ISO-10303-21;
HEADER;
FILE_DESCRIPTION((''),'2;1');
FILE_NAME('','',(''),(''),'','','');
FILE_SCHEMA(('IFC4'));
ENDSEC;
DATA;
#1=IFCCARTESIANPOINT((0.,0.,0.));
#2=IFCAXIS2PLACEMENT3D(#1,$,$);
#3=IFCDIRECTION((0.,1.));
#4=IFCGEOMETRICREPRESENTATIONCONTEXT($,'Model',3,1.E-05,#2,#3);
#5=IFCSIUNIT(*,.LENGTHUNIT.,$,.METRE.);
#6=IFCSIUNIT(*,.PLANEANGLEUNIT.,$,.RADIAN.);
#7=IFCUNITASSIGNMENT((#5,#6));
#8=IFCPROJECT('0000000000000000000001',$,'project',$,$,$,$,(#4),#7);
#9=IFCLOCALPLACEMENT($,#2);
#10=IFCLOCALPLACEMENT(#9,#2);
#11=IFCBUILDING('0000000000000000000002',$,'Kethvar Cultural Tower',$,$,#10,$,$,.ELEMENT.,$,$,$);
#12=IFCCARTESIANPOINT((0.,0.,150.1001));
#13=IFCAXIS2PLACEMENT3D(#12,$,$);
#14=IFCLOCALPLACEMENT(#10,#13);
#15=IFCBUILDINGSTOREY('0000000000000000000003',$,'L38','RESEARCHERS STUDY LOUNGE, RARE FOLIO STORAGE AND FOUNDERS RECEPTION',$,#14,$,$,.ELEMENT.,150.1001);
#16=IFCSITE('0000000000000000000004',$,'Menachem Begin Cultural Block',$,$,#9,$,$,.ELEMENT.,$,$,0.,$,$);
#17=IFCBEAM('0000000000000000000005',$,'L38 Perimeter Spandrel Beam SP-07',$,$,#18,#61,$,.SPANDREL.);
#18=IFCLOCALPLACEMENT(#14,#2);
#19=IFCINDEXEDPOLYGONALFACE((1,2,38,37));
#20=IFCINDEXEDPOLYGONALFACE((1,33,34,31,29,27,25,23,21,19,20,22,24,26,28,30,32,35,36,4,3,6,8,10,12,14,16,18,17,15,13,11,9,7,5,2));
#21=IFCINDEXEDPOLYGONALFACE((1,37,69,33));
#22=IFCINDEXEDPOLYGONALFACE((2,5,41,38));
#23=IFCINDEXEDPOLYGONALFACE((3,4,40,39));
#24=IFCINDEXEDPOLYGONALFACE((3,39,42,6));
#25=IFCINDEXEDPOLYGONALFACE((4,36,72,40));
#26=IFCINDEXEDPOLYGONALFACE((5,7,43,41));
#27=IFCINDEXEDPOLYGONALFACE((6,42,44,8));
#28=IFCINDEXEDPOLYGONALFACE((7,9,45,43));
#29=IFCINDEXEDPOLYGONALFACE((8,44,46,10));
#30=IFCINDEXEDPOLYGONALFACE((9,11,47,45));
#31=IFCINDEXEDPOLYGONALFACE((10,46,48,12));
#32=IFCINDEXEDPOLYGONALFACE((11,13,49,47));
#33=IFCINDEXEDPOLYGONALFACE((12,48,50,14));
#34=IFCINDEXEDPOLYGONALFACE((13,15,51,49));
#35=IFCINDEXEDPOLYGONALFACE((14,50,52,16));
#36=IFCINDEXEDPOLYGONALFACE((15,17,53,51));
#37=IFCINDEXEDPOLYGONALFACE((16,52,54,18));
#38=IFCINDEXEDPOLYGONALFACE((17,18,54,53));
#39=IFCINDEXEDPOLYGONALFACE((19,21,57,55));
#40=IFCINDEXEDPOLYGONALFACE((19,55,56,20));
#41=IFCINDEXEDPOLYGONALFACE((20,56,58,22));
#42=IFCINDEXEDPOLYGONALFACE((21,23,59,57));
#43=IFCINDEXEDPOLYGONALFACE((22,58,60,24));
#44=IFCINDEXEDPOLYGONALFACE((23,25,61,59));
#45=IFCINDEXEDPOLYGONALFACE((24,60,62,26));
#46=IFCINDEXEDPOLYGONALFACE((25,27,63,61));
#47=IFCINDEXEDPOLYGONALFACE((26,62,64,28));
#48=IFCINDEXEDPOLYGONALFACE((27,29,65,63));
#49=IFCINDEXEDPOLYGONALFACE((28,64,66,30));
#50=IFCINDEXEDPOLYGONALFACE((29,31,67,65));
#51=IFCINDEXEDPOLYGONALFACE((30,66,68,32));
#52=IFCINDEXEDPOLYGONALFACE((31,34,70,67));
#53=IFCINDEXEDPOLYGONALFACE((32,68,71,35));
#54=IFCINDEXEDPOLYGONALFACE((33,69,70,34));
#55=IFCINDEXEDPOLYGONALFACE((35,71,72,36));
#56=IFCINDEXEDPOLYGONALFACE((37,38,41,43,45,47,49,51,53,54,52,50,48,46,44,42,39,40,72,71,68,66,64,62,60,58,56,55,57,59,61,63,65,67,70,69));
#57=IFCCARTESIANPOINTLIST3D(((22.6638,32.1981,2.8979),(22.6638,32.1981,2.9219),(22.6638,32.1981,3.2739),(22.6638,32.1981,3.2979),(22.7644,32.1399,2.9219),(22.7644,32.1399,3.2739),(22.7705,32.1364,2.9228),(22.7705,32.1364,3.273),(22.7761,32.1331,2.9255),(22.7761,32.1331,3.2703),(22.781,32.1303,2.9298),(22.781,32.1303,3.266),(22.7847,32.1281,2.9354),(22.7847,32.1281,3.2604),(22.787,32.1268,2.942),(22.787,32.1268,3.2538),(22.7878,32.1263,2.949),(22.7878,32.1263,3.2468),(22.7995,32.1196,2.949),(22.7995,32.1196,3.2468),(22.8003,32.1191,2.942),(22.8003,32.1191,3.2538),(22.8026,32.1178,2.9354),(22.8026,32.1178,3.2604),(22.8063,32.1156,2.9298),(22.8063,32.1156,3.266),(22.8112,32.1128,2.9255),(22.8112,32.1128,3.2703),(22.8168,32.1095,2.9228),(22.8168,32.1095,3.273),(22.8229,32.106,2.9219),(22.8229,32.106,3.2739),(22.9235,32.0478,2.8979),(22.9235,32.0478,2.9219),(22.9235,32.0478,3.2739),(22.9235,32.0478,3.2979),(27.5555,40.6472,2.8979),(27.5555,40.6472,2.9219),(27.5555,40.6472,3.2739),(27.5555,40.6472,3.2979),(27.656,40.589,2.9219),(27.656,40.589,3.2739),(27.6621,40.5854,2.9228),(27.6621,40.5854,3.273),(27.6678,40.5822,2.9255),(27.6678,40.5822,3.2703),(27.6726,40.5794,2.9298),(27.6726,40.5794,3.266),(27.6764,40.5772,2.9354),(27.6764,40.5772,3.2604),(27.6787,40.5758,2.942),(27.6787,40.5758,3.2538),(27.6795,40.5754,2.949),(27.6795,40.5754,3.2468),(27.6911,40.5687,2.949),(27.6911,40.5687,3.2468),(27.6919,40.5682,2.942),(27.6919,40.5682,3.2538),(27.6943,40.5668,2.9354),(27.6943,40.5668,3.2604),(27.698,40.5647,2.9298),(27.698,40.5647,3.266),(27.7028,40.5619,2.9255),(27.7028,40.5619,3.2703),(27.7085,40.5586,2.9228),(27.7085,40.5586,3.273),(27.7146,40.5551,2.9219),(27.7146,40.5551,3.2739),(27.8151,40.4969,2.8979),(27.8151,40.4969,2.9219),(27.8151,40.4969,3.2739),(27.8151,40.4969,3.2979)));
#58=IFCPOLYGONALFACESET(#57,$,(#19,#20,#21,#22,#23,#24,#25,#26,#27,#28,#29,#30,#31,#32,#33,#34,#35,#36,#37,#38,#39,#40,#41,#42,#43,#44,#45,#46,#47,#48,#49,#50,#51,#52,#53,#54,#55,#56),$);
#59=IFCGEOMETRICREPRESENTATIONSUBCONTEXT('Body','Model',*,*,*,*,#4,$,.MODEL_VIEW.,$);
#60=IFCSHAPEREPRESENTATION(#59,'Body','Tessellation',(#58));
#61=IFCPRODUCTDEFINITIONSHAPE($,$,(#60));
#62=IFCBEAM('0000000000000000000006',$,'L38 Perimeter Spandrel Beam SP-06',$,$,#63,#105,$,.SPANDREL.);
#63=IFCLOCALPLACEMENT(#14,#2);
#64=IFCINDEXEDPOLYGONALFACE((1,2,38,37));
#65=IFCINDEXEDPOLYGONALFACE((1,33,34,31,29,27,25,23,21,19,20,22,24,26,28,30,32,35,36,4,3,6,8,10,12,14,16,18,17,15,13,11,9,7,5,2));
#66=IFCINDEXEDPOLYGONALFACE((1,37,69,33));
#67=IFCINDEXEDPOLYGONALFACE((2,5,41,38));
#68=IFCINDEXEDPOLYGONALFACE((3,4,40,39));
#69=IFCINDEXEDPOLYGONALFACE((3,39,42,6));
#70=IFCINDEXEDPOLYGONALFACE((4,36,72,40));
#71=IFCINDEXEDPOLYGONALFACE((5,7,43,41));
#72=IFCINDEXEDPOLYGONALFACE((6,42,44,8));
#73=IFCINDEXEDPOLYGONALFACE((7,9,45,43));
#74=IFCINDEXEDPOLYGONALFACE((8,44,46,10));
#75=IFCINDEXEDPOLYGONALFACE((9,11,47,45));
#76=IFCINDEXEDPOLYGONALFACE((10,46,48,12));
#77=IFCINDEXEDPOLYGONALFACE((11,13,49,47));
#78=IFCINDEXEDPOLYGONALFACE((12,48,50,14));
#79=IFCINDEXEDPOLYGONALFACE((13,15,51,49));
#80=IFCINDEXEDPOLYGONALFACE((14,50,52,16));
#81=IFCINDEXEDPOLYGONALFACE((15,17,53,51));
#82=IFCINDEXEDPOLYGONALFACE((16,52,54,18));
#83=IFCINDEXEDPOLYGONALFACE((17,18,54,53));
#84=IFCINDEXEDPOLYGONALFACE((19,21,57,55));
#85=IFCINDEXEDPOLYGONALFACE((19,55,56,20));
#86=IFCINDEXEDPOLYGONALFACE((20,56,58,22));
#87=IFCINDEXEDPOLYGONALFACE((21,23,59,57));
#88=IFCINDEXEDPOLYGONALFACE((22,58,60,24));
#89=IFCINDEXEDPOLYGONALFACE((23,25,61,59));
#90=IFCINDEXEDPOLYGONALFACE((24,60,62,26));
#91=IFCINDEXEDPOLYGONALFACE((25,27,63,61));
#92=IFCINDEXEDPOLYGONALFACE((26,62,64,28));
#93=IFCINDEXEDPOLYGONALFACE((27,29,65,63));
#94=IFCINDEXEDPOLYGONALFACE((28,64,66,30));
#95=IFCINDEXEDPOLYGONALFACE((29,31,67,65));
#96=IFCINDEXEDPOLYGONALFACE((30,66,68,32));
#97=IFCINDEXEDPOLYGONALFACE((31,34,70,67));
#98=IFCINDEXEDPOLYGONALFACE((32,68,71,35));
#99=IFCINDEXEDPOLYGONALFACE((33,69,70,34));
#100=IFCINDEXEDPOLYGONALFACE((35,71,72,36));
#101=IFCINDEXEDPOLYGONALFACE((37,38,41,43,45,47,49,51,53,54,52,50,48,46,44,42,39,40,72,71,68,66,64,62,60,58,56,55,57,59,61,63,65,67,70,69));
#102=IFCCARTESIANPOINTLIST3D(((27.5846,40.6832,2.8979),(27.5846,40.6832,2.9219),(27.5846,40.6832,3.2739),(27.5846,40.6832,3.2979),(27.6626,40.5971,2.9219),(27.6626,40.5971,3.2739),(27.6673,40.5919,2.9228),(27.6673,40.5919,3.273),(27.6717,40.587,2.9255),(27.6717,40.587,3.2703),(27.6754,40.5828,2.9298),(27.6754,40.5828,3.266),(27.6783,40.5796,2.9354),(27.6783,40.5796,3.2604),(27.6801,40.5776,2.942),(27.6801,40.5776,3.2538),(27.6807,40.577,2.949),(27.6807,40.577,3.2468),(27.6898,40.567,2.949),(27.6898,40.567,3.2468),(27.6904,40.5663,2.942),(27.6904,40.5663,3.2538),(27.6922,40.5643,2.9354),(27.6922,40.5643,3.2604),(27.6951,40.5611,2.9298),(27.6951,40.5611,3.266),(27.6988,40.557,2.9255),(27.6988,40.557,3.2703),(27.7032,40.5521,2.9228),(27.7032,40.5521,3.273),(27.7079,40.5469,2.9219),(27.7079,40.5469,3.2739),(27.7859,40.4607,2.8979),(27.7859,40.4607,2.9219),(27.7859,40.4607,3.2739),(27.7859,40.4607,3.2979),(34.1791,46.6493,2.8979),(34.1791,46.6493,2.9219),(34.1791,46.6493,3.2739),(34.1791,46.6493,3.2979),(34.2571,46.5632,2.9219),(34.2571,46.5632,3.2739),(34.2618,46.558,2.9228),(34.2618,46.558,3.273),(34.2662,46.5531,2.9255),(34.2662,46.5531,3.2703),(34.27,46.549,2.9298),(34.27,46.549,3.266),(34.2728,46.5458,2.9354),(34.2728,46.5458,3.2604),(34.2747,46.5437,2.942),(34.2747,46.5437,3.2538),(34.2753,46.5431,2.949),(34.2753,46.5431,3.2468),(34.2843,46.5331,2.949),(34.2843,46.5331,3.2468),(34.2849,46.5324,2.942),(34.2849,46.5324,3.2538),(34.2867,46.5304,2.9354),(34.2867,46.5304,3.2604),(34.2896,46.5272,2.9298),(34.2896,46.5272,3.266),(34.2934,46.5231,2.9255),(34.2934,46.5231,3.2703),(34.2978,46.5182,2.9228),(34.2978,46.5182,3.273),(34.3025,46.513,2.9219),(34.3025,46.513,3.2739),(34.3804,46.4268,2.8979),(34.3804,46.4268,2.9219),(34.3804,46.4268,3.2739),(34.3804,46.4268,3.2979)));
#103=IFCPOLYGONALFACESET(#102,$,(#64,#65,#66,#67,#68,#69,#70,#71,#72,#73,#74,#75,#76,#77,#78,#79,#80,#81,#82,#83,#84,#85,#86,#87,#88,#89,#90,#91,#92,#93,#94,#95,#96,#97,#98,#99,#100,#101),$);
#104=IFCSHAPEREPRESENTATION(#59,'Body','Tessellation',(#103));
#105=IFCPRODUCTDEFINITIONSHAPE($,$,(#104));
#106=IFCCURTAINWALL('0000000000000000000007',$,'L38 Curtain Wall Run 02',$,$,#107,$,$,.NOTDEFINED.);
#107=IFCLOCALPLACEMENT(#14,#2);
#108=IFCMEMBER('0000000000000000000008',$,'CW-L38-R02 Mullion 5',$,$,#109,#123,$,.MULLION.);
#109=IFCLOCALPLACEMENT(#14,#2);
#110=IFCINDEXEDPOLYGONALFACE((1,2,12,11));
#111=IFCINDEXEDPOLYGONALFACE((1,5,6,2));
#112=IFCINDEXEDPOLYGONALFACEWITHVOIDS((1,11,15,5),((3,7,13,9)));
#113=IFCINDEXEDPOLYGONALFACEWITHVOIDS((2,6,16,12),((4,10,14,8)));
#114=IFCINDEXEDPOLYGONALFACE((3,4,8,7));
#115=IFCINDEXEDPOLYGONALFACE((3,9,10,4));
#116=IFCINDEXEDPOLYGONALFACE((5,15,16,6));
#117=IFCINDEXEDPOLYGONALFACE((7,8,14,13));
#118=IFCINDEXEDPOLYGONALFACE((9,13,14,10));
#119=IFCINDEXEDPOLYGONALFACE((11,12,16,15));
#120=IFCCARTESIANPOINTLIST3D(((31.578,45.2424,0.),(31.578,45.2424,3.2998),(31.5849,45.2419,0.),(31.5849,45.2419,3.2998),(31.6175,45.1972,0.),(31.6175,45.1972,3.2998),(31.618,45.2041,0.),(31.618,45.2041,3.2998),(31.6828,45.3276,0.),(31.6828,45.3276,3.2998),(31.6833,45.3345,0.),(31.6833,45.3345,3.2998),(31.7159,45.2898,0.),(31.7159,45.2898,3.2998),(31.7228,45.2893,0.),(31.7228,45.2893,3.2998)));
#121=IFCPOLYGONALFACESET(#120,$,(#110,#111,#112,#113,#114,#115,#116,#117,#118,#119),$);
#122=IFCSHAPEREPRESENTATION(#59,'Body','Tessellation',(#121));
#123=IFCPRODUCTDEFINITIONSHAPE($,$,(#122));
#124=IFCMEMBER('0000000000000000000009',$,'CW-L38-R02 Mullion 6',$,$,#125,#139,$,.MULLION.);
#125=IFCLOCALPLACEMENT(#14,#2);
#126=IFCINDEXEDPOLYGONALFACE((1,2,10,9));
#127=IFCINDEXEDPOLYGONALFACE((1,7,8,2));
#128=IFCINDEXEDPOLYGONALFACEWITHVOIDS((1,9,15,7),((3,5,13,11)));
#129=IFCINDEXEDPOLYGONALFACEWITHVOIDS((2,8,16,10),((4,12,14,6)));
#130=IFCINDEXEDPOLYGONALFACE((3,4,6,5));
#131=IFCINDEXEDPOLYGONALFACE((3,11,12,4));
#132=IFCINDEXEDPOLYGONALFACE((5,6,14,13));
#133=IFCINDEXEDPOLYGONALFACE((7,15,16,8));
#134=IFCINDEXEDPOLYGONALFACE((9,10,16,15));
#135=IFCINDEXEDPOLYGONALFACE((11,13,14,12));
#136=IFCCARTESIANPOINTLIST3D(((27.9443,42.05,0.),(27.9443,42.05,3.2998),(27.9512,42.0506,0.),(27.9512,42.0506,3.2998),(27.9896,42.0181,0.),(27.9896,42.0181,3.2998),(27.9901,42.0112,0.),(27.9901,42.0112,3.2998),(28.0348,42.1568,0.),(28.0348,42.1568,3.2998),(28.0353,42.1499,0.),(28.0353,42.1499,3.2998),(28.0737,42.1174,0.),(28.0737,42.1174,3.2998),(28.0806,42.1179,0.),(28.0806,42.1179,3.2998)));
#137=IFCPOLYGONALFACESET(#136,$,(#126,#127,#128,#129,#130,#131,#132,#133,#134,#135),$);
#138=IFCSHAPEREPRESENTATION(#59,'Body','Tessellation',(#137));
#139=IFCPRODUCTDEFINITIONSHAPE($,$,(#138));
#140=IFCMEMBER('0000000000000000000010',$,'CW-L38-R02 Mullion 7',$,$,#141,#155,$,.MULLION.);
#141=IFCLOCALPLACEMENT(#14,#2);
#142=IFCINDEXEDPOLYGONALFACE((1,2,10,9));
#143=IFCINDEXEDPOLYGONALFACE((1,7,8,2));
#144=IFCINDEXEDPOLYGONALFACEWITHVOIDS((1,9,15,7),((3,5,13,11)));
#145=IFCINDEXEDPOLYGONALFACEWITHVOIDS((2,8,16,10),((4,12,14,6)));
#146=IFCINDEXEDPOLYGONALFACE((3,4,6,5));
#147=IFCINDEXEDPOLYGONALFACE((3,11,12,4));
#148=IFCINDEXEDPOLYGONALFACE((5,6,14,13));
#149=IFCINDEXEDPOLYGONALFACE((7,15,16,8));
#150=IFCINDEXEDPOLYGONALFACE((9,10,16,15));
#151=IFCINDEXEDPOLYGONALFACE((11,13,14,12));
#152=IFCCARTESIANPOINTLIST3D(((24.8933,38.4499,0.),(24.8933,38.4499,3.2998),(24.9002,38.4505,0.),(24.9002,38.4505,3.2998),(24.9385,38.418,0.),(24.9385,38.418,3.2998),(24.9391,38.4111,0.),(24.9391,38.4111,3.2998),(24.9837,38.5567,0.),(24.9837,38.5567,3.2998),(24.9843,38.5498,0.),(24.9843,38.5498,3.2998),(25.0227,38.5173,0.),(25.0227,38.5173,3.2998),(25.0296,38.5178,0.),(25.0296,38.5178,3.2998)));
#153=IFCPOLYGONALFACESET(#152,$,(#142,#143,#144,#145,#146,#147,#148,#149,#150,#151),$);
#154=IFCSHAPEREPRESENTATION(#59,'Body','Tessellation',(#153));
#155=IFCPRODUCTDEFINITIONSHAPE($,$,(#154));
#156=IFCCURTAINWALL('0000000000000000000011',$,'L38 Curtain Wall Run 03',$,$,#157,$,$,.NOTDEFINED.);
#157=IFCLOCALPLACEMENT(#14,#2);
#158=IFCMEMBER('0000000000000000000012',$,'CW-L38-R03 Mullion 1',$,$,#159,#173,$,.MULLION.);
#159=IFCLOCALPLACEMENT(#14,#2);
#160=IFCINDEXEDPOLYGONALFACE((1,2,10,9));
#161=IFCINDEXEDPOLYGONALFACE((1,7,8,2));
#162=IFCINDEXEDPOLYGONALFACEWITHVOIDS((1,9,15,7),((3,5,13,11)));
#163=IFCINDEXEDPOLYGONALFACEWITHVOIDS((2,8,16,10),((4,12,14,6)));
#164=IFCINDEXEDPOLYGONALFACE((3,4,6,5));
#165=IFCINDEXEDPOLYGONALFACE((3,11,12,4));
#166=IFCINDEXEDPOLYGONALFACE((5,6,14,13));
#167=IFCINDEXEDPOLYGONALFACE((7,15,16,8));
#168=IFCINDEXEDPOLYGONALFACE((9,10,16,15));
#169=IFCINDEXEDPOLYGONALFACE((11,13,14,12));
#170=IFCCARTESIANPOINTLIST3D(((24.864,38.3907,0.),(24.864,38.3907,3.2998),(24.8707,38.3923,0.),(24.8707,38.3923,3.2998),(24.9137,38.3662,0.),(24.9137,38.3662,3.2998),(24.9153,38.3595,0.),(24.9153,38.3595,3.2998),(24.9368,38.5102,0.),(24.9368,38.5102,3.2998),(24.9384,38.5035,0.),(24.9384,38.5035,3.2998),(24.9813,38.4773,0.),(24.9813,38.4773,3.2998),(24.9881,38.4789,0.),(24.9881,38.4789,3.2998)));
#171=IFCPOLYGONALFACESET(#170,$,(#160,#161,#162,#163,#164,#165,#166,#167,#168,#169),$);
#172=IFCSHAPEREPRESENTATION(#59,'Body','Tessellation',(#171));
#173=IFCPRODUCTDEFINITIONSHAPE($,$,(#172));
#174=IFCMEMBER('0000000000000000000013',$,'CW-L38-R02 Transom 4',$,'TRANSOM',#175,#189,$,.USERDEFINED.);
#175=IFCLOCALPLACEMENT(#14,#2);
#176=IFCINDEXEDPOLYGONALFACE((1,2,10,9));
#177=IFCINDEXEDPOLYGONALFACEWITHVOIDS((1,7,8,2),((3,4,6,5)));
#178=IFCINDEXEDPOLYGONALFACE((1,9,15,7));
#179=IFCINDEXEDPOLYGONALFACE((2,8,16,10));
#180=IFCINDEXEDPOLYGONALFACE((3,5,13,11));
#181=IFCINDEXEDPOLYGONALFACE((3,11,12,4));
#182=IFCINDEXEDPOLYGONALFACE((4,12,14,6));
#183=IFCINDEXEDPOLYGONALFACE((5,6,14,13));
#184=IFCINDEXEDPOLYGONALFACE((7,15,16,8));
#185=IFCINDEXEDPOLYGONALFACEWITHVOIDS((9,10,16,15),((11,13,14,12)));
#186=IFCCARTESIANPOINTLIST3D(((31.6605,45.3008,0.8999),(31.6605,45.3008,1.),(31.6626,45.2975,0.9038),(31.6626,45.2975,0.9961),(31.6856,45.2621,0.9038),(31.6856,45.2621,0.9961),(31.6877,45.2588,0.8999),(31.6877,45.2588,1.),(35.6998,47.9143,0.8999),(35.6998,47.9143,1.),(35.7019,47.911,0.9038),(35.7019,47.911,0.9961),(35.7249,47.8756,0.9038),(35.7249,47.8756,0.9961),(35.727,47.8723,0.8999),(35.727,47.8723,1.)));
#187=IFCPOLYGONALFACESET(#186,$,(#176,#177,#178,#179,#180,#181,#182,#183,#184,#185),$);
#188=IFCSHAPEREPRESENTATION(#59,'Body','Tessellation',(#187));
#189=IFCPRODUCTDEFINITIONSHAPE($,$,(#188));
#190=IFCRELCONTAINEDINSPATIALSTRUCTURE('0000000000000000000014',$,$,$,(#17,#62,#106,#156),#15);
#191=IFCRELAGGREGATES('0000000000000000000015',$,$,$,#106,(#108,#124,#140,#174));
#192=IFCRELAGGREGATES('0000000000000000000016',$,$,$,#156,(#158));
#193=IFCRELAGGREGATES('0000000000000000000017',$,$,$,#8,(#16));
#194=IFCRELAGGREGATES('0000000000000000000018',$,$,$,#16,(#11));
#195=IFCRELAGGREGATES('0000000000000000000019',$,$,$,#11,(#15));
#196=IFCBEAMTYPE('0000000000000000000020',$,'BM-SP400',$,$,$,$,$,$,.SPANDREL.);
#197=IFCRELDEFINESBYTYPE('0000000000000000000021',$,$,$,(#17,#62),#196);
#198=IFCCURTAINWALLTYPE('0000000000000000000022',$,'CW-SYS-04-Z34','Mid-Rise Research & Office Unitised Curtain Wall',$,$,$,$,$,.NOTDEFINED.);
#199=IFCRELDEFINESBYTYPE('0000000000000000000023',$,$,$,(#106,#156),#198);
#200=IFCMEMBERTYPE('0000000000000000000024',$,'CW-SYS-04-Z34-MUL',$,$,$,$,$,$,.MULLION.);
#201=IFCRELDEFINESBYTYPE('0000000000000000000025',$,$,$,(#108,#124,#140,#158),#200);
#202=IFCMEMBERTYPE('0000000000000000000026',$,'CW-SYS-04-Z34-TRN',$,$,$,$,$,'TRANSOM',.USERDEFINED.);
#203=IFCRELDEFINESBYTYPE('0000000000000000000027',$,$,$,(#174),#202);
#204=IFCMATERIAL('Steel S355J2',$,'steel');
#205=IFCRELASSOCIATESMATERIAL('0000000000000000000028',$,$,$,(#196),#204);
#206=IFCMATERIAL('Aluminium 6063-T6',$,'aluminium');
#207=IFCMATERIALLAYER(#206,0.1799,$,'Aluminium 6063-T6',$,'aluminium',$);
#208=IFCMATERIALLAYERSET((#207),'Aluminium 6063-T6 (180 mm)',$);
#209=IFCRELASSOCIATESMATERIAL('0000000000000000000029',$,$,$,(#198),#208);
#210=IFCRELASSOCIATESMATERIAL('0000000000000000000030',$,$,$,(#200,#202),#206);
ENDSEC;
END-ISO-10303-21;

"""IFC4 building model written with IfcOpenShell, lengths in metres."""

from ifc_helpers import new_model, si_unit, direction, frame, origin, origin_2d, place, context, subcontext, project, spatial, hollow_rectangle, i_section, extrude, source, transform, mapped, material, layer, layer_set, material_profile, profile_set, type_object, element, aggregate, save


model = new_model("IFC4")

# Units and contexts
model_context = context("Model", 3, precision=1e-05, world=origin(), true_north=direction((0.0, 1.0)))
body_context = subcontext(model_context, "Body", "Model", "MODEL_VIEW")
ifc_project = project(units=[si_unit("LENGTHUNIT", "METRE"), si_unit("PLANEANGLEUNIT", "RADIAN")], contexts=[model_context])

# Site, building, storey
site_placement = place(None, origin())
site = spatial("IfcSite", under=ifc_project, at=site_placement, Name="Menachem Begin Cultural Block", CompositionType="ELEMENT", RefElevation=0.0)
building_placement = place(site_placement, origin())
building = spatial("IfcBuilding", under=site, at=building_placement, Name="Kethvar Cultural Tower", CompositionType="ELEMENT")
storey_placement = place(building_placement, frame((0.0, 0.0, 150.1001)))
storey = spatial("IfcBuildingStorey", under=building, at=storey_placement, Name="L38", Description="RESEARCHERS STUDY LOUNGE, RARE FOLIO STORAGE AND FOUNDERS RECEPTION", CompositionType="ELEMENT", Elevation=150.1001)

# Beams
ifc_material_1 = material(Name="Steel S355J2", Category="steel")
ifc_material_profile_1 = material_profile(ifc_material_1, i_section(OverallWidth=0.3, OverallDepth=0.3999, WebThickness=0.0134, FlangeThickness=0.0239, FilletRadius=0.0271, at=origin_2d()), Name="Steel S355J2 — HEB400")
ifc_profile_set_1 = profile_set([ifc_material_profile_1], Name="Steel S355J2 — HEB400")
beam_type_1 = type_object("IfcBeamType", Name="BM-SP400", PredefinedType="SPANDREL", material=ifc_profile_set_1)
shared_shape_1 = source(origin(), body_context, "Body", "SweptSolid", [
    extrude(i_section(OverallWidth=0.3, OverallDepth=0.3999, WebThickness=0.0134, FlangeThickness=0.0239, FilletRadius=0.0271, at=origin_2d()), origin(), (0.0, 0.0, 1.0), 9.7629),
])
beam_1_placement = place(storey_placement, frame((27.6853, 40.572, 3.0979), z_axis=(-0.501043, -0.865422, 0.0), x_axis=(0.865422, -0.501043, 0.0)))
element("IfcBeam", 1, at=beam_1_placement, inside=storey, type_object=beam_type_1, Name="L38 Perimeter Spandrel Beam SP-07", PredefinedType="SPANDREL", context=body_context, shape_type="MappedRepresentation", body=[
    mapped(shared_shape_1, transform((0.0, 0.0, 0.0), scale=1.0)),
])
shared_shape_2 = source(origin(), body_context, "Body", "SweptSolid", [
    extrude(i_section(OverallWidth=0.3, OverallDepth=0.3999, WebThickness=0.0134, FlangeThickness=0.0239, FilletRadius=0.0271, at=origin_2d()), origin(), (0.0, 0.0, 1.0), 8.8928),
])
beam_2_placement = place(storey_placement, frame((34.2798, 46.5381, 3.0979), z_axis=(-0.741557, -0.67089, 0.0), x_axis=(0.67089, -0.741557, 0.0)))
element("IfcBeam", 2, at=beam_2_placement, inside=storey, type_object=beam_type_1, Name="L38 Perimeter Spandrel Beam SP-06", PredefinedType="SPANDREL", context=body_context, shape_type="MappedRepresentation", body=[
    mapped(shared_shape_2, transform((0.0, 0.0, 0.0), scale=1.0)),
])

# Curtain wall, members
ifc_material_2 = material(Name="Aluminium 6063-T6", Category="aluminium")
ifc_layer_1 = layer(ifc_material_2, 0.1799, Name="Aluminium 6063-T6", Category="aluminium")
ifc_layer_set_1 = layer_set([ifc_layer_1], Name="Aluminium 6063-T6 (180 mm)")
curtain_wall_type = type_object("IfcCurtainWallType", Name="CW-SYS-04-Z34", Description="Mid-Rise Research & Office Unitised Curtain Wall", PredefinedType="NOTDEFINED", material=ifc_layer_set_1)
curtain_wall_1_placement = place(storey_placement, origin())
curtain_wall_1 = element("IfcCurtainWall", 3, at=curtain_wall_1_placement, inside=storey, type_object=curtain_wall_type, Name="L38 Curtain Wall Run 02", PredefinedType="NOTDEFINED")
ifc_material_profile_2 = material_profile(ifc_material_2, hollow_rectangle(XDim=0.0601, YDim=0.1399, WallThickness=0.0049, at=origin_2d()), Name="Aluminium 6063-T6 — RHS140x60x5")
ifc_profile_set_2 = profile_set([ifc_material_profile_2], Name="Aluminium 6063-T6 — RHS140x60x5")
member_type_1 = type_object("IfcMemberType", Name="CW-SYS-04-Z34-MUL", PredefinedType="MULLION", material=ifc_profile_set_2)
shared_shape_3 = source(origin(), body_context, "Body", "SweptSolid", [
    extrude(hollow_rectangle(XDim=0.0601, YDim=0.1399, WallThickness=0.0049, at=origin_2d()), origin(), (0.0, 0.0, 1.0), 3.2998),
])
member_1_placement = place(storey_placement, frame((31.6504, 45.2659, 0.0), z_axis=(0.0, 0.0, 1.0), x_axis=(0.658532, -0.752553, 0.0)))
member_1 = element("IfcMember", 4, at=member_1_placement, type_object=member_type_1, Name="CW-L38-R02 Mullion 5", PredefinedType="MULLION", context=body_context, shape_type="MappedRepresentation", body=[
    mapped(shared_shape_3, transform((0.0, 0.0, 0.0), scale=1.0)),
])
member_2_placement = place(storey_placement, frame((28.0125, 42.084, 0.0), z_axis=(0.0, 0.0, 1.0), x_axis=(0.762894, -0.646524, 0.0)))
member_2 = element("IfcMember", 5, at=member_2_placement, type_object=member_type_1, Name="CW-L38-R02 Mullion 6", PredefinedType="MULLION", context=body_context, shape_type="MappedRepresentation", body=[
    mapped(shared_shape_3, transform((0.0, 0.0, 0.0), scale=1.0)),
])
member_3_placement = place(storey_placement, frame((24.9614, 38.4839, 0.0), z_axis=(0.0, 0.0, 1.0), x_axis=(0.762894, -0.646524, 0.0)))
member_3 = element("IfcMember", 6, at=member_3_placement, type_object=member_type_1, Name="CW-L38-R02 Mullion 7", PredefinedType="MULLION", context=body_context, shape_type="MappedRepresentation", body=[
    mapped(shared_shape_3, transform((0.0, 0.0, 0.0), scale=1.0)),
])

# Curtain wall, member
curtain_wall_2_placement = place(storey_placement, origin())
curtain_wall_2 = element("IfcCurtainWall", 7, at=curtain_wall_2_placement, inside=storey, type_object=curtain_wall_type, Name="L38 Curtain Wall Run 03", PredefinedType="NOTDEFINED")
member_4_placement = place(storey_placement, frame((24.926, 38.4348, 0.0), z_axis=(0.0, 0.0, 1.0), x_axis=(0.854069, -0.52016, 0.0)))
member_4 = element("IfcMember", 8, at=member_4_placement, type_object=member_type_1, Name="CW-L38-R03 Mullion 1", PredefinedType="MULLION", context=body_context, shape_type="MappedRepresentation", body=[
    mapped(shared_shape_3, transform((0.0, 0.0, 0.0), scale=1.0)),
])

# Member
ifc_material_profile_3 = material_profile(ifc_material_2, hollow_rectangle(XDim=0.05, YDim=0.1001, WallThickness=0.0039, at=origin_2d()), Name="Aluminium 6063-T6 — RHS100x50x4")
ifc_profile_set_3 = profile_set([ifc_material_profile_3], Name="Aluminium 6063-T6 — RHS100x50x4")
member_type_2 = type_object("IfcMemberType", Name="CW-SYS-04-Z34-TRN", ElementType="TRANSOM", PredefinedType="USERDEFINED", material=ifc_profile_set_3)
shared_shape_4 = source(origin(), body_context, "Body", "SweptSolid", [
    extrude(hollow_rectangle(XDim=0.05, YDim=0.1001, WallThickness=0.0039, at=origin_2d()), origin(), (0.0, 0.0, 1.0), 4.811),
])
member_5_placement = place(storey_placement, frame((35.7134, 47.8933, 0.95), z_axis=(-0.839584, -0.54323, 0.0), x_axis=(0.54323, -0.839584, 0.0)))
member_5 = element("IfcMember", 9, at=member_5_placement, type_object=member_type_2, Name="CW-L38-R02 Transom 4", ObjectType="TRANSOM", PredefinedType="USERDEFINED", context=body_context, shape_type="MappedRepresentation", body=[
    mapped(shared_shape_4, transform((0.0, 0.0, 0.0), scale=1.0)),
])

aggregate(curtain_wall_1, [member_1, member_2, member_3, member_5])
aggregate(curtain_wall_2, [member_4])

save(model, "model.ifc")
